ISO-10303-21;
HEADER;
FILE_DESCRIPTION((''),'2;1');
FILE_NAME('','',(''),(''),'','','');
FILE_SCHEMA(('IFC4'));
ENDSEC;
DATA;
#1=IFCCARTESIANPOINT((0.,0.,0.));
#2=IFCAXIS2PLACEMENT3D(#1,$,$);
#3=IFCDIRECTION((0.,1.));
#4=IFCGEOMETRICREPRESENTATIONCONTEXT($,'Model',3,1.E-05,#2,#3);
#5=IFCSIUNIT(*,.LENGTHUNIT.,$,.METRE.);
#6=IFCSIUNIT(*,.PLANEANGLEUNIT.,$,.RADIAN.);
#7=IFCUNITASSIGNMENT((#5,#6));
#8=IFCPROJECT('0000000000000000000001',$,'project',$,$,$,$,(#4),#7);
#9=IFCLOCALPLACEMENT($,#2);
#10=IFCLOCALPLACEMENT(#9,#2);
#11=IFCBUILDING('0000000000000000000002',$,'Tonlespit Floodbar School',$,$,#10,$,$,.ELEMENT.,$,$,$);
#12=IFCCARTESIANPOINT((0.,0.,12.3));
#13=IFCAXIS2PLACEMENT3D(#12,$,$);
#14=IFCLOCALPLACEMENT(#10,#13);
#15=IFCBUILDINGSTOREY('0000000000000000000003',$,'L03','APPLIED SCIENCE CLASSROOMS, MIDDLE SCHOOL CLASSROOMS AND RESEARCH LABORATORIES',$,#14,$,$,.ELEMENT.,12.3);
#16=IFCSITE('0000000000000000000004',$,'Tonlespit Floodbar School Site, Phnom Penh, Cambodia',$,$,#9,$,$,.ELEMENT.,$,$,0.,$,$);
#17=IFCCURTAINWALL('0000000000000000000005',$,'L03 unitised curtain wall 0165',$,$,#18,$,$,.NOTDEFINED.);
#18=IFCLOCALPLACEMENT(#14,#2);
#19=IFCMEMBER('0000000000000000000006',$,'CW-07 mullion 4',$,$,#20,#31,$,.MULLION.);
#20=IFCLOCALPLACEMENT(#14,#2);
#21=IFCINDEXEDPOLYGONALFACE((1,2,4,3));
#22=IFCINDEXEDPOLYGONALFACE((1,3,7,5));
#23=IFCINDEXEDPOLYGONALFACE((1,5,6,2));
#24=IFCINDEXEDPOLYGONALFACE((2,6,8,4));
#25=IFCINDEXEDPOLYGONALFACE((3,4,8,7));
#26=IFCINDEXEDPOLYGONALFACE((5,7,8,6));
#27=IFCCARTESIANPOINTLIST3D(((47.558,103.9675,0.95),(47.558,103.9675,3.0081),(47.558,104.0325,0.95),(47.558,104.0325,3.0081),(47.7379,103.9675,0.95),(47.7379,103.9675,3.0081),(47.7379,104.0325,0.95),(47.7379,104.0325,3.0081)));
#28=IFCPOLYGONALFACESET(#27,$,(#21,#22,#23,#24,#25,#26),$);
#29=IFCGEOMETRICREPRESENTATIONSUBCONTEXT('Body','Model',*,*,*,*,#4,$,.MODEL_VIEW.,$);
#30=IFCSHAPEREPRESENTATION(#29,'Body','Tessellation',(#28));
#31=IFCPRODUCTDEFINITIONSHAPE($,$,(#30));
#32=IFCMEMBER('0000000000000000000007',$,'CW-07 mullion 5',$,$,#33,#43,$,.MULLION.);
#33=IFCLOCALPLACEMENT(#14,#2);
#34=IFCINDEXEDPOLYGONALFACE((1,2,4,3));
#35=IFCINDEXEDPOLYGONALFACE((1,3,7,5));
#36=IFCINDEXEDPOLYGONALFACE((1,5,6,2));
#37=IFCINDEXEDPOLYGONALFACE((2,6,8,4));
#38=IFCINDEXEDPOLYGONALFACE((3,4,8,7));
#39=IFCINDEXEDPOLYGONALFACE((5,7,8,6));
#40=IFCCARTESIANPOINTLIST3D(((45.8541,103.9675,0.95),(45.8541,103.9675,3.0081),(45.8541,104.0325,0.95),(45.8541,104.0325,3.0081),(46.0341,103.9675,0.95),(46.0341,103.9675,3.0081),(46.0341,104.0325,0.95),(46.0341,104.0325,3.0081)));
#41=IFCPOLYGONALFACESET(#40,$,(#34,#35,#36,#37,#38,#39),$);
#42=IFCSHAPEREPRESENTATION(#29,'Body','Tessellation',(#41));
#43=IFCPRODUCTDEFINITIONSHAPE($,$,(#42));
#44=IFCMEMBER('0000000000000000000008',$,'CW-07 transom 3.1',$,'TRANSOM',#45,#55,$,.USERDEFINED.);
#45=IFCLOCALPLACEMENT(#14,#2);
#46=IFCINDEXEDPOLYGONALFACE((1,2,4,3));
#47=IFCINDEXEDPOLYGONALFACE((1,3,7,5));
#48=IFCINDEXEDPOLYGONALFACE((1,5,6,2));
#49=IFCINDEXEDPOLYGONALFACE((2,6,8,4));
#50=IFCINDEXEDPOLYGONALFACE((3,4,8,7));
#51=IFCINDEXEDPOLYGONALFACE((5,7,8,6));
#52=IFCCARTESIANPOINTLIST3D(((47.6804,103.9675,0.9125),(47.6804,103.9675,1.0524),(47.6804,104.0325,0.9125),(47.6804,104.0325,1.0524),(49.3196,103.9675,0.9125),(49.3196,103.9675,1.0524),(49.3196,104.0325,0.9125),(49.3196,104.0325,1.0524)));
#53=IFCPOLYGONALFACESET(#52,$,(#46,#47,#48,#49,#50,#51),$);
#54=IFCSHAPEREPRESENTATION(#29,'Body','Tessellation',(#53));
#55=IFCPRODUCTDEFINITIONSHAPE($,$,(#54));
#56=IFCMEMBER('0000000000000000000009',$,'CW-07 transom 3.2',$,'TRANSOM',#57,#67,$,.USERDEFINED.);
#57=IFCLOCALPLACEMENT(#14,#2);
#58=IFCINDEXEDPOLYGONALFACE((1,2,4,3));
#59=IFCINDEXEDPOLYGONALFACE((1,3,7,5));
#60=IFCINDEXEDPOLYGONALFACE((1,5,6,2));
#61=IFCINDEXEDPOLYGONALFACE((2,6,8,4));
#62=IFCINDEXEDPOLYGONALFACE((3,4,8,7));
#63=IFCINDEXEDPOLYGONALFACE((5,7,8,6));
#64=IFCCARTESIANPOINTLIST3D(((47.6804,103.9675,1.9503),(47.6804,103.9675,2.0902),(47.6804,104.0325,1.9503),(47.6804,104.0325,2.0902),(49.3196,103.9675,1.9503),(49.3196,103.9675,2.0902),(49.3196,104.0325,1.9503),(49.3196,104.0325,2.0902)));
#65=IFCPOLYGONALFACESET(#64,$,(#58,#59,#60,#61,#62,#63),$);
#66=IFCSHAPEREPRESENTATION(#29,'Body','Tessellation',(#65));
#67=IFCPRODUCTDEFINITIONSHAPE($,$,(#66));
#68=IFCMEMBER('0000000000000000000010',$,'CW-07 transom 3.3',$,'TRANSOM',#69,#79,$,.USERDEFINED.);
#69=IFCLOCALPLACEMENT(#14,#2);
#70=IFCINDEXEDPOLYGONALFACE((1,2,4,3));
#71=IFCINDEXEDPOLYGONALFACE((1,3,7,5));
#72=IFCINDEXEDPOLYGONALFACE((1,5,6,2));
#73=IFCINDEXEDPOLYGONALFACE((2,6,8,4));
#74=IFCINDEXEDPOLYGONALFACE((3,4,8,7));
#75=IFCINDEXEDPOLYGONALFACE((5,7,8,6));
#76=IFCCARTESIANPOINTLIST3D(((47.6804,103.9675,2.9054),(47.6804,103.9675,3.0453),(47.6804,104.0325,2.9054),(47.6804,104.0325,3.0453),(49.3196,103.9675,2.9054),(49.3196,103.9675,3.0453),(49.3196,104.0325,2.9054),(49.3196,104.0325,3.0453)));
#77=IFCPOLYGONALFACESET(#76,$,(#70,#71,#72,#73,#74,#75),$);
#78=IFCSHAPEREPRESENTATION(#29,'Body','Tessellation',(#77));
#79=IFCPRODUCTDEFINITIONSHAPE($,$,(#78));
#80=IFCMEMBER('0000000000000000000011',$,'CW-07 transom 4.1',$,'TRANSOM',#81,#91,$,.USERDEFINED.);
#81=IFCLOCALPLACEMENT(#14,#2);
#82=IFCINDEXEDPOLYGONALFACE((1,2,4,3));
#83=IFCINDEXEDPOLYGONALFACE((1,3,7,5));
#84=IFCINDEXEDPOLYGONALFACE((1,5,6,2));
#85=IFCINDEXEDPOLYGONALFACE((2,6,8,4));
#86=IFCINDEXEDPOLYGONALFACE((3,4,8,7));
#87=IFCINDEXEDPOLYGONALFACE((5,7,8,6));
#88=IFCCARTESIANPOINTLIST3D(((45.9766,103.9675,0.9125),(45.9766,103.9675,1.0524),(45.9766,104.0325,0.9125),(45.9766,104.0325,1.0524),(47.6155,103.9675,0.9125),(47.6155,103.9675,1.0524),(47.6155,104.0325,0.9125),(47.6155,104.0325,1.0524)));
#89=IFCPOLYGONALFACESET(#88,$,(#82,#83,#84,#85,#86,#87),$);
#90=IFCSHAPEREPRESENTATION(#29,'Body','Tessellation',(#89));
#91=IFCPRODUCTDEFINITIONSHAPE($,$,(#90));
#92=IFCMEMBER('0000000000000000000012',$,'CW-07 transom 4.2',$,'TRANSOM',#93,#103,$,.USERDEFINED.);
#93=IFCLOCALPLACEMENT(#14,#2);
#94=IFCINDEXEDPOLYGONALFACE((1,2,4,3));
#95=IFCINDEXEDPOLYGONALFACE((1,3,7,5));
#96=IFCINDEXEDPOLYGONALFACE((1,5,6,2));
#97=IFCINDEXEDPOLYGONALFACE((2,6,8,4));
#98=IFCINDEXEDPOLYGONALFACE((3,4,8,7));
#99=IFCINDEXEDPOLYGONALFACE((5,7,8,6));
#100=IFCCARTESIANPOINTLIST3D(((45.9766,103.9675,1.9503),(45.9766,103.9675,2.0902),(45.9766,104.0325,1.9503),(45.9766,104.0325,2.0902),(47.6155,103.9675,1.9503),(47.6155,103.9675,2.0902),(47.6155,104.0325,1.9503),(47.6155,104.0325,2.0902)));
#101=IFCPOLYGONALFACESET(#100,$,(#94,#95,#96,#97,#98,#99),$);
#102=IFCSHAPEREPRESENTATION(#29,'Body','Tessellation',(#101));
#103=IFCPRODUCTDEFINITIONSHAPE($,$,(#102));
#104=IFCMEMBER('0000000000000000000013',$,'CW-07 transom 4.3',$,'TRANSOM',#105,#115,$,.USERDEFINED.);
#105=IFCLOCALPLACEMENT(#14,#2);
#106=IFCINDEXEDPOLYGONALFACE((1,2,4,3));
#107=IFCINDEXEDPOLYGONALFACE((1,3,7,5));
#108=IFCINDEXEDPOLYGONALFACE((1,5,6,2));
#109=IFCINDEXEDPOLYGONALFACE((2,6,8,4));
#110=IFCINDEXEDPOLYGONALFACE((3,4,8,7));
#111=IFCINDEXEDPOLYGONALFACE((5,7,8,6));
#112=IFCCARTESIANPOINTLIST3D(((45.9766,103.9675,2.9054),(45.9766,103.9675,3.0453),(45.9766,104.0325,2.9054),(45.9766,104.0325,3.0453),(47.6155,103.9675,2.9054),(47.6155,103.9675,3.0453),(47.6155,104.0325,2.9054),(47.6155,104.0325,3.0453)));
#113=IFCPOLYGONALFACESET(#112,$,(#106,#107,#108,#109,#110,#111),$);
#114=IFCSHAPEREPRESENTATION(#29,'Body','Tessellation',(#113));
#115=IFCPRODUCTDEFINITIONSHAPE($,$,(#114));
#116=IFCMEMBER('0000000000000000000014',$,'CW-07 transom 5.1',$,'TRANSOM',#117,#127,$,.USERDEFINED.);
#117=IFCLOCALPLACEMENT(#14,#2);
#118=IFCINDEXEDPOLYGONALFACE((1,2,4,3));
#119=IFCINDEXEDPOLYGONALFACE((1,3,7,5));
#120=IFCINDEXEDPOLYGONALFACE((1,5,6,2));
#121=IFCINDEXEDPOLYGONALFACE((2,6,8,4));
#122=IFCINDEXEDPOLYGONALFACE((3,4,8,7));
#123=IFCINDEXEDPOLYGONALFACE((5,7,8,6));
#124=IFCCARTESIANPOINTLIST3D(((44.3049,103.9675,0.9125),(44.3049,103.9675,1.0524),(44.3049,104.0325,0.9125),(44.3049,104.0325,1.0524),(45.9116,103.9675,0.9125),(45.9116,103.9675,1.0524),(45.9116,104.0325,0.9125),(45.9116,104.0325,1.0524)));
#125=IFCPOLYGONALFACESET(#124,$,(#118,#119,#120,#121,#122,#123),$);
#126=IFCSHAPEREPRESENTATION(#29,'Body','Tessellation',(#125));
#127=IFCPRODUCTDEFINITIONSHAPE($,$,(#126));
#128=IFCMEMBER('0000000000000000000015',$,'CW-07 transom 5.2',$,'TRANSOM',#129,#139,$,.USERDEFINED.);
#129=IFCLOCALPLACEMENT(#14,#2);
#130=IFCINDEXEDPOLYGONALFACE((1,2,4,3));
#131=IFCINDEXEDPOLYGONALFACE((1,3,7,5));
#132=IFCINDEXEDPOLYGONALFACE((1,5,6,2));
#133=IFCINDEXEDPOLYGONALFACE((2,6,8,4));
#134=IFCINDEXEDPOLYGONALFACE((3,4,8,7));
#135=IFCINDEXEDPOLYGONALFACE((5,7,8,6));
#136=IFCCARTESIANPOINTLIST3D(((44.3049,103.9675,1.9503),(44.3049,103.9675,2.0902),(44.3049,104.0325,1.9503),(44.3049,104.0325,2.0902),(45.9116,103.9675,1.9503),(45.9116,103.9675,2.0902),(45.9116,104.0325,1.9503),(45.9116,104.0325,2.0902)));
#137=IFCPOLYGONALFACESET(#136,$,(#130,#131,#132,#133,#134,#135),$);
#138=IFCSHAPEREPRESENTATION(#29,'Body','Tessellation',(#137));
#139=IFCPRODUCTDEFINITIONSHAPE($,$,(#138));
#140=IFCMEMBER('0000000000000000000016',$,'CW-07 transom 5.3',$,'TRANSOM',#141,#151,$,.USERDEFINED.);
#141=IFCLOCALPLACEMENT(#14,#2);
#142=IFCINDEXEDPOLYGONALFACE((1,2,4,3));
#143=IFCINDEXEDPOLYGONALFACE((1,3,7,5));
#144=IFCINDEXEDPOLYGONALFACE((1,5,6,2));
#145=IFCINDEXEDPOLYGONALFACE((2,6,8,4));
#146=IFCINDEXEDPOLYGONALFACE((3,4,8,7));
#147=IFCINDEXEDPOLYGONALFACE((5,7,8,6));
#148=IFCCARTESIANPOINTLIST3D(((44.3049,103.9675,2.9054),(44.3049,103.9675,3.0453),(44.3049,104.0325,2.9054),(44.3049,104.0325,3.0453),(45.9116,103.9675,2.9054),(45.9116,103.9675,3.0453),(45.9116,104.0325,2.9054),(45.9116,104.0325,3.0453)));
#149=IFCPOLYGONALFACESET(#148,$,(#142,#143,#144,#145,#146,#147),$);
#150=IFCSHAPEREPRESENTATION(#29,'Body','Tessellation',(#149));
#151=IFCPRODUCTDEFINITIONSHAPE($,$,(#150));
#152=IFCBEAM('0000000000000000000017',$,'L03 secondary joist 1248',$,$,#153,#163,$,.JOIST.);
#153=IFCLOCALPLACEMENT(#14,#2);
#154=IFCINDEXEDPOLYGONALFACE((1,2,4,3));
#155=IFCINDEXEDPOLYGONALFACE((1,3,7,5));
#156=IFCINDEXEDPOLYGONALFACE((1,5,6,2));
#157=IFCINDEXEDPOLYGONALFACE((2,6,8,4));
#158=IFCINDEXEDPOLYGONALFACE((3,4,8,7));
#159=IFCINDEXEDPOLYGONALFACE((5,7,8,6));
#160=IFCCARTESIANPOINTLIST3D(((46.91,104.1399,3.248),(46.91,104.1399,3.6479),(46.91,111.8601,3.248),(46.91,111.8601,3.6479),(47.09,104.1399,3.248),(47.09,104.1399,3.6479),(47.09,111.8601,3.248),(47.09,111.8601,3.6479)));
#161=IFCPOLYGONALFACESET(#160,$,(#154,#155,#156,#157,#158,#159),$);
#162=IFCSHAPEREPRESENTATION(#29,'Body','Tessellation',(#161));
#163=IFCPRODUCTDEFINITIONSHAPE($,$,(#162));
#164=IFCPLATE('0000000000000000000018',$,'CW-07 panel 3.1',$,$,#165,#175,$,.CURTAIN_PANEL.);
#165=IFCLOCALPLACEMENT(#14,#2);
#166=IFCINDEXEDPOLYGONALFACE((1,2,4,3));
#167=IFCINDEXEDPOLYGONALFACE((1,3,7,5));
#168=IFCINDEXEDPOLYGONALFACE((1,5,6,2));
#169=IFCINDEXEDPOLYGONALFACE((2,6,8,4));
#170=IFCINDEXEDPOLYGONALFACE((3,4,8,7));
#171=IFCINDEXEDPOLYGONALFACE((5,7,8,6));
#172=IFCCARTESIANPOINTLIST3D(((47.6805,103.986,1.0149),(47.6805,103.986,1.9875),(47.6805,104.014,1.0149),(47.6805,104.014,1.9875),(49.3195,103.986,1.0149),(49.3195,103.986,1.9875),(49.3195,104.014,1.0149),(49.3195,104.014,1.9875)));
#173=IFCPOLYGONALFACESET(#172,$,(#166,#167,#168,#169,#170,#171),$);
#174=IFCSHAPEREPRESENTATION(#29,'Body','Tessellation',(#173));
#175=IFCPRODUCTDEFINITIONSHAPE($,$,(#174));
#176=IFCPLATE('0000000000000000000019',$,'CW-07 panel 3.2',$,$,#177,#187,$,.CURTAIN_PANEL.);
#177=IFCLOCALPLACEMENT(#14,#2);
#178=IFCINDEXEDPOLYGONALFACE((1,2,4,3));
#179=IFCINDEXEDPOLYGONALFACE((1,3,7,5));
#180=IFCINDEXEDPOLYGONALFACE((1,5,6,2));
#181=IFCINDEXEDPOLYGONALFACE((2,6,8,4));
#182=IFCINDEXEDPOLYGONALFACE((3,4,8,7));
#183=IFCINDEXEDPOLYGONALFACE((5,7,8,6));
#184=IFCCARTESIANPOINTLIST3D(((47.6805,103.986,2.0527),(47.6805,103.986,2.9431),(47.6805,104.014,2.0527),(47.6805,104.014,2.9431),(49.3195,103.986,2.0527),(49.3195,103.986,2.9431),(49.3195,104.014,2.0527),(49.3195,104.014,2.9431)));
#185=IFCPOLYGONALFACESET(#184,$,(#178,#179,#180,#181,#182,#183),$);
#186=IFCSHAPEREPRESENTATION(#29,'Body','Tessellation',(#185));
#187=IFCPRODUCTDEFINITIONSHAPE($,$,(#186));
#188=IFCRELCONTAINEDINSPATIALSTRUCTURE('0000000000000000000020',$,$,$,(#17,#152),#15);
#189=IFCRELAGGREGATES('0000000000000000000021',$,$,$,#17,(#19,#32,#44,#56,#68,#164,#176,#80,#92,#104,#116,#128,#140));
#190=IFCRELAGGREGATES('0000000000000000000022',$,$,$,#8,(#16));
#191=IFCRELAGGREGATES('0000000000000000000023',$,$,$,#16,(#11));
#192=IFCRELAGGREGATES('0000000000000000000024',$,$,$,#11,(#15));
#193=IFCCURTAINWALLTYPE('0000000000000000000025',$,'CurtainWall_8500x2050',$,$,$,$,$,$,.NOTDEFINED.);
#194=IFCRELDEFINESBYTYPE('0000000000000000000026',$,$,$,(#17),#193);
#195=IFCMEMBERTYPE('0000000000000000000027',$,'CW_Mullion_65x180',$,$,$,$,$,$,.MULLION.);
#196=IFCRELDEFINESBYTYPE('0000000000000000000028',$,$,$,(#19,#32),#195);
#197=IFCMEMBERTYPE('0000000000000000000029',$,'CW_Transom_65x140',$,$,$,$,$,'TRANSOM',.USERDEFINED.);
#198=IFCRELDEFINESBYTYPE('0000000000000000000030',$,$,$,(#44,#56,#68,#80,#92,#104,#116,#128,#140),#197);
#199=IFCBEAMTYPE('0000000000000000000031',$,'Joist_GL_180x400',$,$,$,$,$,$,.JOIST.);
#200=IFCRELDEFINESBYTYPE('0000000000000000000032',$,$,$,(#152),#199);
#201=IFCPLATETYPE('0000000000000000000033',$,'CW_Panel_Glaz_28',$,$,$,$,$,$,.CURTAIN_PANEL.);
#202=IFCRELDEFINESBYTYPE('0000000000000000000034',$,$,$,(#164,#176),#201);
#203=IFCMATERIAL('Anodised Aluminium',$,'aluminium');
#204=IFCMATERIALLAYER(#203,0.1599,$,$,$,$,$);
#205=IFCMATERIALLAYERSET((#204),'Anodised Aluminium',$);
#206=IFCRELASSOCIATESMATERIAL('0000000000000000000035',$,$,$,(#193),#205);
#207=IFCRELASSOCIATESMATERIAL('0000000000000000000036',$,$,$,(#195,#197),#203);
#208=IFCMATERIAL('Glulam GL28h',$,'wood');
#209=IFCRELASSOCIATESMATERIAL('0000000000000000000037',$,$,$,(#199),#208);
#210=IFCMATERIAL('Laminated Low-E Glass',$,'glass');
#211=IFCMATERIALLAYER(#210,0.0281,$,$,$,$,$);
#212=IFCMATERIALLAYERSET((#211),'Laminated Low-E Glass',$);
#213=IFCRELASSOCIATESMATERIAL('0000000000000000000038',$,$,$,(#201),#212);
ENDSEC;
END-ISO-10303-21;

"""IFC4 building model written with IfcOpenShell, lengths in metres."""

from ifc_helpers import new_model, si_unit, direction, frame, origin, origin_2d, place, context, subcontext, project, spatial, rectangle, extrude, material, layer, layer_set, material_profile, profile_set, type_object, element, aggregate, save


model = new_model("IFC4")

# Units and contexts
model_context = context("Model", 3, precision=1e-05, world=origin(), true_north=direction((0.0, 1.0)))
body_context = subcontext(model_context, "Body", "Model", "MODEL_VIEW")
ifc_project = project(units=[si_unit("LENGTHUNIT", "METRE"), si_unit("PLANEANGLEUNIT", "RADIAN")], contexts=[model_context])

# Site, building, storey
site_placement = place(None, origin())
site = spatial("IfcSite", under=ifc_project, at=site_placement, Name="Tonlespit Floodbar School Site, Phnom Penh, Cambodia", CompositionType="ELEMENT", RefElevation=0.0)
building_placement = place(site_placement, origin())
building = spatial("IfcBuilding", under=site, at=building_placement, Name="Tonlespit Floodbar School", CompositionType="ELEMENT")
storey_placement = place(building_placement, frame((0.0, 0.0, 12.3)))
storey = spatial("IfcBuildingStorey", under=building, at=storey_placement, Name="L03", Description="APPLIED SCIENCE CLASSROOMS, MIDDLE SCHOOL CLASSROOMS AND RESEARCH LABORATORIES", CompositionType="ELEMENT", Elevation=12.3)

# Curtain wall, members
ifc_material_1 = material(Name="Anodised Aluminium", Category="aluminium")
ifc_layer_1 = layer(ifc_material_1, 0.1599)
ifc_layer_set_1 = layer_set([ifc_layer_1], Name="Anodised Aluminium")
curtain_wall_type = type_object("IfcCurtainWallType", Name="CurtainWall_8500x2050", PredefinedType="NOTDEFINED", material=ifc_layer_set_1)
curtain_wall_placement = place(storey_placement, origin())
curtain_wall = element("IfcCurtainWall", 1, at=curtain_wall_placement, inside=storey, type_object=curtain_wall_type, Name="L03 unitised curtain wall 0165", PredefinedType="NOTDEFINED")
ifc_material_profile_1 = material_profile(ifc_material_1, rectangle(XDim=0.0649, YDim=0.1799, at=origin_2d()), Name="ALU M65x180")
ifc_profile_set_1 = profile_set([ifc_material_profile_1], Name="Anodised Aluminium")
member_type_1 = type_object("IfcMemberType", Name="CW_Mullion_65x180", PredefinedType="MULLION", material=ifc_profile_set_1)
member_1_placement = place(storey_placement, frame((47.6479, 104.0, 0.95), z_axis=(0.0, 0.0, 1.0), x_axis=(0.0, -1.0, 0.0)))
member_1 = element("IfcMember", 2, at=member_1_placement, type_object=member_type_1, Name="CW-07 mullion 4", PredefinedType="MULLION", context=body_context, shape_type="SweptSolid", body=[
    extrude(rectangle(XDim=0.0649, YDim=0.1799, at=origin_2d()), origin(), (0.0, 0.0, 1.0), 2.0581),
])
member_2_placement = place(storey_placement, frame((45.9441, 104.0, 0.95), z_axis=(0.0, 0.0, 1.0), x_axis=(0.0, -1.0, 0.0)))
member_2 = element("IfcMember", 3, at=member_2_placement, type_object=member_type_1, Name="CW-07 mullion 5", PredefinedType="MULLION", context=body_context, shape_type="SweptSolid", body=[
    extrude(rectangle(XDim=0.0649, YDim=0.1799, at=origin_2d()), origin(), (0.0, 0.0, 1.0), 2.0581),
])
ifc_material_profile_2 = material_profile(ifc_material_1, rectangle(XDim=0.0649, YDim=0.1399, at=origin_2d()), Name="ALU T65x140")
ifc_profile_set_2 = profile_set([ifc_material_profile_2], Name="Anodised Aluminium")
member_type_2 = type_object("IfcMemberType", Name="CW_Transom_65x140", ElementType="TRANSOM", PredefinedType="USERDEFINED", material=ifc_profile_set_2)
member_3_placement = place(storey_placement, frame((49.3196, 104.0, 0.9824), z_axis=(-1.0, 0.0, 0.0), x_axis=(0.0, -1.0, 0.0)))
member_3 = element("IfcMember", 4, at=member_3_placement, type_object=member_type_2, Name="CW-07 transom 3.1", ObjectType="TRANSOM", PredefinedType="USERDEFINED", context=body_context, shape_type="SweptSolid", body=[
    extrude(rectangle(XDim=0.0649, YDim=0.1399, at=origin_2d()), origin(), (0.0, 0.0, 1.0), 1.6392),
])
member_4_placement = place(storey_placement, frame((49.3196, 104.0, 2.0203), z_axis=(-1.0, 0.0, 0.0), x_axis=(0.0, -1.0, 0.0)))
member_4 = element("IfcMember", 5, at=member_4_placement, type_object=member_type_2, Name="CW-07 transom 3.2", ObjectType="TRANSOM", PredefinedType="USERDEFINED", context=body_context, shape_type="SweptSolid", body=[
    extrude(rectangle(XDim=0.0649, YDim=0.1399, at=origin_2d()), origin(), (0.0, 0.0, 1.0), 1.6392),
])
member_5_placement = place(storey_placement, frame((49.3196, 104.0, 2.9753), z_axis=(-1.0, 0.0, 0.0), x_axis=(0.0, -1.0, 0.0)))
member_5 = element("IfcMember", 6, at=member_5_placement, type_object=member_type_2, Name="CW-07 transom 3.3", ObjectType="TRANSOM", PredefinedType="USERDEFINED", context=body_context, shape_type="SweptSolid", body=[
    extrude(rectangle(XDim=0.0649, YDim=0.1399, at=origin_2d()), origin(), (0.0, 0.0, 1.0), 1.6392),
])
member_6_placement = place(storey_placement, frame((47.6155, 104.0, 0.9824), z_axis=(-1.0, 0.0, 0.0), x_axis=(0.0, -1.0, 0.0)))
member_6 = element("IfcMember", 7, at=member_6_placement, type_object=member_type_2, Name="CW-07 transom 4.1", ObjectType="TRANSOM", PredefinedType="USERDEFINED", context=body_context, shape_type="SweptSolid", body=[
    extrude(rectangle(XDim=0.0649, YDim=0.1399, at=origin_2d()), origin(), (0.0, 0.0, 1.0), 1.6389),
])
member_7_placement = place(storey_placement, frame((47.6155, 104.0, 2.0203), z_axis=(-1.0, 0.0, 0.0), x_axis=(0.0, -1.0, 0.0)))
member_7 = element("IfcMember", 8, at=member_7_placement, type_object=member_type_2, Name="CW-07 transom 4.2", ObjectType="TRANSOM", PredefinedType="USERDEFINED", context=body_context, shape_type="SweptSolid", body=[
    extrude(rectangle(XDim=0.0649, YDim=0.1399, at=origin_2d()), origin(), (0.0, 0.0, 1.0), 1.6389),
])
member_8_placement = place(storey_placement, frame((47.6155, 104.0, 2.9753), z_axis=(-1.0, 0.0, 0.0), x_axis=(0.0, -1.0, 0.0)))
member_8 = element("IfcMember", 9, at=member_8_placement, type_object=member_type_2, Name="CW-07 transom 4.3", ObjectType="TRANSOM", PredefinedType="USERDEFINED", context=body_context, shape_type="SweptSolid", body=[
    extrude(rectangle(XDim=0.0649, YDim=0.1399, at=origin_2d()), origin(), (0.0, 0.0, 1.0), 1.6389),
])
member_9_placement = place(storey_placement, frame((45.9116, 104.0, 0.9824), z_axis=(-1.0, 0.0, 0.0), x_axis=(0.0, -1.0, 0.0)))
member_9 = element("IfcMember", 10, at=member_9_placement, type_object=member_type_2, Name="CW-07 transom 5.1", ObjectType="TRANSOM", PredefinedType="USERDEFINED", context=body_context, shape_type="SweptSolid", body=[
    extrude(rectangle(XDim=0.0649, YDim=0.1399, at=origin_2d()), origin(), (0.0, 0.0, 1.0), 1.6067),
])
member_10_placement = place(storey_placement, frame((45.9116, 104.0, 2.0203), z_axis=(-1.0, 0.0, 0.0), x_axis=(0.0, -1.0, 0.0)))
member_10 = element("IfcMember", 11, at=member_10_placement, type_object=member_type_2, Name="CW-07 transom 5.2", ObjectType="TRANSOM", PredefinedType="USERDEFINED", context=body_context, shape_type="SweptSolid", body=[
    extrude(rectangle(XDim=0.0649, YDim=0.1399, at=origin_2d()), origin(), (0.0, 0.0, 1.0), 1.6067),
])
member_11_placement = place(storey_placement, frame((45.9116, 104.0, 2.9753), z_axis=(-1.0, 0.0, 0.0), x_axis=(0.0, -1.0, 0.0)))
member_11 = element("IfcMember", 12, at=member_11_placement, type_object=member_type_2, Name="CW-07 transom 5.3", ObjectType="TRANSOM", PredefinedType="USERDEFINED", context=body_context, shape_type="SweptSolid", body=[
    extrude(rectangle(XDim=0.0649, YDim=0.1399, at=origin_2d()), origin(), (0.0, 0.0, 1.0), 1.6067),
])

# Beam
ifc_material_2 = material(Name="Glulam GL28h", Category="wood")
ifc_material_profile_3 = material_profile(ifc_material_2, rectangle(XDim=0.1799, YDim=0.3999, at=origin_2d()), Name="GL 180x400")
ifc_profile_set_3 = profile_set([ifc_material_profile_3], Name="Glulam GL28h")
beam_type = type_object("IfcBeamType", Name="Joist_GL_180x400", PredefinedType="JOIST", material=ifc_profile_set_3)
beam_placement = place(storey_placement, frame((47.0, 104.1399, 3.448), z_axis=(0.0, 1.0, 0.0), x_axis=(-1.0, 0.0, 0.0)))
element("IfcBeam", 13, at=beam_placement, inside=storey, type_object=beam_type, Name="L03 secondary joist 1248", PredefinedType="JOIST", context=body_context, shape_type="SweptSolid", body=[
    extrude(rectangle(XDim=0.1799, YDim=0.3999, at=origin_2d()), origin(), (0.0, 0.0, 1.0), 7.7202),
])

# Plates
ifc_material_3 = material(Name="Laminated Low-E Glass", Category="glass")
ifc_layer_2 = layer(ifc_material_3, 0.0281)
ifc_layer_set_2 = layer_set([ifc_layer_2], Name="Laminated Low-E Glass")
plate_type_1 = type_object("IfcPlateType", Name="CW_Panel_Glaz_28", PredefinedType="CURTAIN_PANEL", material=ifc_layer_set_2)
plate_1_placement = place(storey_placement, frame((48.5, 104.0, 1.0149), z_axis=(0.0, 0.0, 1.0), x_axis=(-1.0, 0.0, 0.0)))
plate_1 = element("IfcPlate", 14, at=plate_1_placement, type_object=plate_type_1, Name="CW-07 panel 3.1", PredefinedType="CURTAIN_PANEL", context=body_context, shape_type="SweptSolid", body=[
    extrude(rectangle(XDim=1.6389, YDim=0.0281, at=origin_2d()), origin(), (0.0, 0.0, 1.0), 0.9727),
])
plate_2_placement = place(storey_placement, frame((48.5, 104.0, 2.0527), z_axis=(0.0, 0.0, 1.0), x_axis=(-1.0, 0.0, 0.0)))
plate_2 = element("IfcPlate", 15, at=plate_2_placement, type_object=plate_type_1, Name="CW-07 panel 3.2", PredefinedType="CURTAIN_PANEL", context=body_context, shape_type="SweptSolid", body=[
    extrude(rectangle(XDim=1.6389, YDim=0.0281, at=origin_2d()), origin(), (0.0, 0.0, 1.0), 0.8904),
])
aggregate(curtain_wall, [member_1, member_2, member_3, member_4, member_5, plate_1, plate_2, member_6, member_7, member_8, member_9, member_10, member_11])

save(model, "model.ifc")
